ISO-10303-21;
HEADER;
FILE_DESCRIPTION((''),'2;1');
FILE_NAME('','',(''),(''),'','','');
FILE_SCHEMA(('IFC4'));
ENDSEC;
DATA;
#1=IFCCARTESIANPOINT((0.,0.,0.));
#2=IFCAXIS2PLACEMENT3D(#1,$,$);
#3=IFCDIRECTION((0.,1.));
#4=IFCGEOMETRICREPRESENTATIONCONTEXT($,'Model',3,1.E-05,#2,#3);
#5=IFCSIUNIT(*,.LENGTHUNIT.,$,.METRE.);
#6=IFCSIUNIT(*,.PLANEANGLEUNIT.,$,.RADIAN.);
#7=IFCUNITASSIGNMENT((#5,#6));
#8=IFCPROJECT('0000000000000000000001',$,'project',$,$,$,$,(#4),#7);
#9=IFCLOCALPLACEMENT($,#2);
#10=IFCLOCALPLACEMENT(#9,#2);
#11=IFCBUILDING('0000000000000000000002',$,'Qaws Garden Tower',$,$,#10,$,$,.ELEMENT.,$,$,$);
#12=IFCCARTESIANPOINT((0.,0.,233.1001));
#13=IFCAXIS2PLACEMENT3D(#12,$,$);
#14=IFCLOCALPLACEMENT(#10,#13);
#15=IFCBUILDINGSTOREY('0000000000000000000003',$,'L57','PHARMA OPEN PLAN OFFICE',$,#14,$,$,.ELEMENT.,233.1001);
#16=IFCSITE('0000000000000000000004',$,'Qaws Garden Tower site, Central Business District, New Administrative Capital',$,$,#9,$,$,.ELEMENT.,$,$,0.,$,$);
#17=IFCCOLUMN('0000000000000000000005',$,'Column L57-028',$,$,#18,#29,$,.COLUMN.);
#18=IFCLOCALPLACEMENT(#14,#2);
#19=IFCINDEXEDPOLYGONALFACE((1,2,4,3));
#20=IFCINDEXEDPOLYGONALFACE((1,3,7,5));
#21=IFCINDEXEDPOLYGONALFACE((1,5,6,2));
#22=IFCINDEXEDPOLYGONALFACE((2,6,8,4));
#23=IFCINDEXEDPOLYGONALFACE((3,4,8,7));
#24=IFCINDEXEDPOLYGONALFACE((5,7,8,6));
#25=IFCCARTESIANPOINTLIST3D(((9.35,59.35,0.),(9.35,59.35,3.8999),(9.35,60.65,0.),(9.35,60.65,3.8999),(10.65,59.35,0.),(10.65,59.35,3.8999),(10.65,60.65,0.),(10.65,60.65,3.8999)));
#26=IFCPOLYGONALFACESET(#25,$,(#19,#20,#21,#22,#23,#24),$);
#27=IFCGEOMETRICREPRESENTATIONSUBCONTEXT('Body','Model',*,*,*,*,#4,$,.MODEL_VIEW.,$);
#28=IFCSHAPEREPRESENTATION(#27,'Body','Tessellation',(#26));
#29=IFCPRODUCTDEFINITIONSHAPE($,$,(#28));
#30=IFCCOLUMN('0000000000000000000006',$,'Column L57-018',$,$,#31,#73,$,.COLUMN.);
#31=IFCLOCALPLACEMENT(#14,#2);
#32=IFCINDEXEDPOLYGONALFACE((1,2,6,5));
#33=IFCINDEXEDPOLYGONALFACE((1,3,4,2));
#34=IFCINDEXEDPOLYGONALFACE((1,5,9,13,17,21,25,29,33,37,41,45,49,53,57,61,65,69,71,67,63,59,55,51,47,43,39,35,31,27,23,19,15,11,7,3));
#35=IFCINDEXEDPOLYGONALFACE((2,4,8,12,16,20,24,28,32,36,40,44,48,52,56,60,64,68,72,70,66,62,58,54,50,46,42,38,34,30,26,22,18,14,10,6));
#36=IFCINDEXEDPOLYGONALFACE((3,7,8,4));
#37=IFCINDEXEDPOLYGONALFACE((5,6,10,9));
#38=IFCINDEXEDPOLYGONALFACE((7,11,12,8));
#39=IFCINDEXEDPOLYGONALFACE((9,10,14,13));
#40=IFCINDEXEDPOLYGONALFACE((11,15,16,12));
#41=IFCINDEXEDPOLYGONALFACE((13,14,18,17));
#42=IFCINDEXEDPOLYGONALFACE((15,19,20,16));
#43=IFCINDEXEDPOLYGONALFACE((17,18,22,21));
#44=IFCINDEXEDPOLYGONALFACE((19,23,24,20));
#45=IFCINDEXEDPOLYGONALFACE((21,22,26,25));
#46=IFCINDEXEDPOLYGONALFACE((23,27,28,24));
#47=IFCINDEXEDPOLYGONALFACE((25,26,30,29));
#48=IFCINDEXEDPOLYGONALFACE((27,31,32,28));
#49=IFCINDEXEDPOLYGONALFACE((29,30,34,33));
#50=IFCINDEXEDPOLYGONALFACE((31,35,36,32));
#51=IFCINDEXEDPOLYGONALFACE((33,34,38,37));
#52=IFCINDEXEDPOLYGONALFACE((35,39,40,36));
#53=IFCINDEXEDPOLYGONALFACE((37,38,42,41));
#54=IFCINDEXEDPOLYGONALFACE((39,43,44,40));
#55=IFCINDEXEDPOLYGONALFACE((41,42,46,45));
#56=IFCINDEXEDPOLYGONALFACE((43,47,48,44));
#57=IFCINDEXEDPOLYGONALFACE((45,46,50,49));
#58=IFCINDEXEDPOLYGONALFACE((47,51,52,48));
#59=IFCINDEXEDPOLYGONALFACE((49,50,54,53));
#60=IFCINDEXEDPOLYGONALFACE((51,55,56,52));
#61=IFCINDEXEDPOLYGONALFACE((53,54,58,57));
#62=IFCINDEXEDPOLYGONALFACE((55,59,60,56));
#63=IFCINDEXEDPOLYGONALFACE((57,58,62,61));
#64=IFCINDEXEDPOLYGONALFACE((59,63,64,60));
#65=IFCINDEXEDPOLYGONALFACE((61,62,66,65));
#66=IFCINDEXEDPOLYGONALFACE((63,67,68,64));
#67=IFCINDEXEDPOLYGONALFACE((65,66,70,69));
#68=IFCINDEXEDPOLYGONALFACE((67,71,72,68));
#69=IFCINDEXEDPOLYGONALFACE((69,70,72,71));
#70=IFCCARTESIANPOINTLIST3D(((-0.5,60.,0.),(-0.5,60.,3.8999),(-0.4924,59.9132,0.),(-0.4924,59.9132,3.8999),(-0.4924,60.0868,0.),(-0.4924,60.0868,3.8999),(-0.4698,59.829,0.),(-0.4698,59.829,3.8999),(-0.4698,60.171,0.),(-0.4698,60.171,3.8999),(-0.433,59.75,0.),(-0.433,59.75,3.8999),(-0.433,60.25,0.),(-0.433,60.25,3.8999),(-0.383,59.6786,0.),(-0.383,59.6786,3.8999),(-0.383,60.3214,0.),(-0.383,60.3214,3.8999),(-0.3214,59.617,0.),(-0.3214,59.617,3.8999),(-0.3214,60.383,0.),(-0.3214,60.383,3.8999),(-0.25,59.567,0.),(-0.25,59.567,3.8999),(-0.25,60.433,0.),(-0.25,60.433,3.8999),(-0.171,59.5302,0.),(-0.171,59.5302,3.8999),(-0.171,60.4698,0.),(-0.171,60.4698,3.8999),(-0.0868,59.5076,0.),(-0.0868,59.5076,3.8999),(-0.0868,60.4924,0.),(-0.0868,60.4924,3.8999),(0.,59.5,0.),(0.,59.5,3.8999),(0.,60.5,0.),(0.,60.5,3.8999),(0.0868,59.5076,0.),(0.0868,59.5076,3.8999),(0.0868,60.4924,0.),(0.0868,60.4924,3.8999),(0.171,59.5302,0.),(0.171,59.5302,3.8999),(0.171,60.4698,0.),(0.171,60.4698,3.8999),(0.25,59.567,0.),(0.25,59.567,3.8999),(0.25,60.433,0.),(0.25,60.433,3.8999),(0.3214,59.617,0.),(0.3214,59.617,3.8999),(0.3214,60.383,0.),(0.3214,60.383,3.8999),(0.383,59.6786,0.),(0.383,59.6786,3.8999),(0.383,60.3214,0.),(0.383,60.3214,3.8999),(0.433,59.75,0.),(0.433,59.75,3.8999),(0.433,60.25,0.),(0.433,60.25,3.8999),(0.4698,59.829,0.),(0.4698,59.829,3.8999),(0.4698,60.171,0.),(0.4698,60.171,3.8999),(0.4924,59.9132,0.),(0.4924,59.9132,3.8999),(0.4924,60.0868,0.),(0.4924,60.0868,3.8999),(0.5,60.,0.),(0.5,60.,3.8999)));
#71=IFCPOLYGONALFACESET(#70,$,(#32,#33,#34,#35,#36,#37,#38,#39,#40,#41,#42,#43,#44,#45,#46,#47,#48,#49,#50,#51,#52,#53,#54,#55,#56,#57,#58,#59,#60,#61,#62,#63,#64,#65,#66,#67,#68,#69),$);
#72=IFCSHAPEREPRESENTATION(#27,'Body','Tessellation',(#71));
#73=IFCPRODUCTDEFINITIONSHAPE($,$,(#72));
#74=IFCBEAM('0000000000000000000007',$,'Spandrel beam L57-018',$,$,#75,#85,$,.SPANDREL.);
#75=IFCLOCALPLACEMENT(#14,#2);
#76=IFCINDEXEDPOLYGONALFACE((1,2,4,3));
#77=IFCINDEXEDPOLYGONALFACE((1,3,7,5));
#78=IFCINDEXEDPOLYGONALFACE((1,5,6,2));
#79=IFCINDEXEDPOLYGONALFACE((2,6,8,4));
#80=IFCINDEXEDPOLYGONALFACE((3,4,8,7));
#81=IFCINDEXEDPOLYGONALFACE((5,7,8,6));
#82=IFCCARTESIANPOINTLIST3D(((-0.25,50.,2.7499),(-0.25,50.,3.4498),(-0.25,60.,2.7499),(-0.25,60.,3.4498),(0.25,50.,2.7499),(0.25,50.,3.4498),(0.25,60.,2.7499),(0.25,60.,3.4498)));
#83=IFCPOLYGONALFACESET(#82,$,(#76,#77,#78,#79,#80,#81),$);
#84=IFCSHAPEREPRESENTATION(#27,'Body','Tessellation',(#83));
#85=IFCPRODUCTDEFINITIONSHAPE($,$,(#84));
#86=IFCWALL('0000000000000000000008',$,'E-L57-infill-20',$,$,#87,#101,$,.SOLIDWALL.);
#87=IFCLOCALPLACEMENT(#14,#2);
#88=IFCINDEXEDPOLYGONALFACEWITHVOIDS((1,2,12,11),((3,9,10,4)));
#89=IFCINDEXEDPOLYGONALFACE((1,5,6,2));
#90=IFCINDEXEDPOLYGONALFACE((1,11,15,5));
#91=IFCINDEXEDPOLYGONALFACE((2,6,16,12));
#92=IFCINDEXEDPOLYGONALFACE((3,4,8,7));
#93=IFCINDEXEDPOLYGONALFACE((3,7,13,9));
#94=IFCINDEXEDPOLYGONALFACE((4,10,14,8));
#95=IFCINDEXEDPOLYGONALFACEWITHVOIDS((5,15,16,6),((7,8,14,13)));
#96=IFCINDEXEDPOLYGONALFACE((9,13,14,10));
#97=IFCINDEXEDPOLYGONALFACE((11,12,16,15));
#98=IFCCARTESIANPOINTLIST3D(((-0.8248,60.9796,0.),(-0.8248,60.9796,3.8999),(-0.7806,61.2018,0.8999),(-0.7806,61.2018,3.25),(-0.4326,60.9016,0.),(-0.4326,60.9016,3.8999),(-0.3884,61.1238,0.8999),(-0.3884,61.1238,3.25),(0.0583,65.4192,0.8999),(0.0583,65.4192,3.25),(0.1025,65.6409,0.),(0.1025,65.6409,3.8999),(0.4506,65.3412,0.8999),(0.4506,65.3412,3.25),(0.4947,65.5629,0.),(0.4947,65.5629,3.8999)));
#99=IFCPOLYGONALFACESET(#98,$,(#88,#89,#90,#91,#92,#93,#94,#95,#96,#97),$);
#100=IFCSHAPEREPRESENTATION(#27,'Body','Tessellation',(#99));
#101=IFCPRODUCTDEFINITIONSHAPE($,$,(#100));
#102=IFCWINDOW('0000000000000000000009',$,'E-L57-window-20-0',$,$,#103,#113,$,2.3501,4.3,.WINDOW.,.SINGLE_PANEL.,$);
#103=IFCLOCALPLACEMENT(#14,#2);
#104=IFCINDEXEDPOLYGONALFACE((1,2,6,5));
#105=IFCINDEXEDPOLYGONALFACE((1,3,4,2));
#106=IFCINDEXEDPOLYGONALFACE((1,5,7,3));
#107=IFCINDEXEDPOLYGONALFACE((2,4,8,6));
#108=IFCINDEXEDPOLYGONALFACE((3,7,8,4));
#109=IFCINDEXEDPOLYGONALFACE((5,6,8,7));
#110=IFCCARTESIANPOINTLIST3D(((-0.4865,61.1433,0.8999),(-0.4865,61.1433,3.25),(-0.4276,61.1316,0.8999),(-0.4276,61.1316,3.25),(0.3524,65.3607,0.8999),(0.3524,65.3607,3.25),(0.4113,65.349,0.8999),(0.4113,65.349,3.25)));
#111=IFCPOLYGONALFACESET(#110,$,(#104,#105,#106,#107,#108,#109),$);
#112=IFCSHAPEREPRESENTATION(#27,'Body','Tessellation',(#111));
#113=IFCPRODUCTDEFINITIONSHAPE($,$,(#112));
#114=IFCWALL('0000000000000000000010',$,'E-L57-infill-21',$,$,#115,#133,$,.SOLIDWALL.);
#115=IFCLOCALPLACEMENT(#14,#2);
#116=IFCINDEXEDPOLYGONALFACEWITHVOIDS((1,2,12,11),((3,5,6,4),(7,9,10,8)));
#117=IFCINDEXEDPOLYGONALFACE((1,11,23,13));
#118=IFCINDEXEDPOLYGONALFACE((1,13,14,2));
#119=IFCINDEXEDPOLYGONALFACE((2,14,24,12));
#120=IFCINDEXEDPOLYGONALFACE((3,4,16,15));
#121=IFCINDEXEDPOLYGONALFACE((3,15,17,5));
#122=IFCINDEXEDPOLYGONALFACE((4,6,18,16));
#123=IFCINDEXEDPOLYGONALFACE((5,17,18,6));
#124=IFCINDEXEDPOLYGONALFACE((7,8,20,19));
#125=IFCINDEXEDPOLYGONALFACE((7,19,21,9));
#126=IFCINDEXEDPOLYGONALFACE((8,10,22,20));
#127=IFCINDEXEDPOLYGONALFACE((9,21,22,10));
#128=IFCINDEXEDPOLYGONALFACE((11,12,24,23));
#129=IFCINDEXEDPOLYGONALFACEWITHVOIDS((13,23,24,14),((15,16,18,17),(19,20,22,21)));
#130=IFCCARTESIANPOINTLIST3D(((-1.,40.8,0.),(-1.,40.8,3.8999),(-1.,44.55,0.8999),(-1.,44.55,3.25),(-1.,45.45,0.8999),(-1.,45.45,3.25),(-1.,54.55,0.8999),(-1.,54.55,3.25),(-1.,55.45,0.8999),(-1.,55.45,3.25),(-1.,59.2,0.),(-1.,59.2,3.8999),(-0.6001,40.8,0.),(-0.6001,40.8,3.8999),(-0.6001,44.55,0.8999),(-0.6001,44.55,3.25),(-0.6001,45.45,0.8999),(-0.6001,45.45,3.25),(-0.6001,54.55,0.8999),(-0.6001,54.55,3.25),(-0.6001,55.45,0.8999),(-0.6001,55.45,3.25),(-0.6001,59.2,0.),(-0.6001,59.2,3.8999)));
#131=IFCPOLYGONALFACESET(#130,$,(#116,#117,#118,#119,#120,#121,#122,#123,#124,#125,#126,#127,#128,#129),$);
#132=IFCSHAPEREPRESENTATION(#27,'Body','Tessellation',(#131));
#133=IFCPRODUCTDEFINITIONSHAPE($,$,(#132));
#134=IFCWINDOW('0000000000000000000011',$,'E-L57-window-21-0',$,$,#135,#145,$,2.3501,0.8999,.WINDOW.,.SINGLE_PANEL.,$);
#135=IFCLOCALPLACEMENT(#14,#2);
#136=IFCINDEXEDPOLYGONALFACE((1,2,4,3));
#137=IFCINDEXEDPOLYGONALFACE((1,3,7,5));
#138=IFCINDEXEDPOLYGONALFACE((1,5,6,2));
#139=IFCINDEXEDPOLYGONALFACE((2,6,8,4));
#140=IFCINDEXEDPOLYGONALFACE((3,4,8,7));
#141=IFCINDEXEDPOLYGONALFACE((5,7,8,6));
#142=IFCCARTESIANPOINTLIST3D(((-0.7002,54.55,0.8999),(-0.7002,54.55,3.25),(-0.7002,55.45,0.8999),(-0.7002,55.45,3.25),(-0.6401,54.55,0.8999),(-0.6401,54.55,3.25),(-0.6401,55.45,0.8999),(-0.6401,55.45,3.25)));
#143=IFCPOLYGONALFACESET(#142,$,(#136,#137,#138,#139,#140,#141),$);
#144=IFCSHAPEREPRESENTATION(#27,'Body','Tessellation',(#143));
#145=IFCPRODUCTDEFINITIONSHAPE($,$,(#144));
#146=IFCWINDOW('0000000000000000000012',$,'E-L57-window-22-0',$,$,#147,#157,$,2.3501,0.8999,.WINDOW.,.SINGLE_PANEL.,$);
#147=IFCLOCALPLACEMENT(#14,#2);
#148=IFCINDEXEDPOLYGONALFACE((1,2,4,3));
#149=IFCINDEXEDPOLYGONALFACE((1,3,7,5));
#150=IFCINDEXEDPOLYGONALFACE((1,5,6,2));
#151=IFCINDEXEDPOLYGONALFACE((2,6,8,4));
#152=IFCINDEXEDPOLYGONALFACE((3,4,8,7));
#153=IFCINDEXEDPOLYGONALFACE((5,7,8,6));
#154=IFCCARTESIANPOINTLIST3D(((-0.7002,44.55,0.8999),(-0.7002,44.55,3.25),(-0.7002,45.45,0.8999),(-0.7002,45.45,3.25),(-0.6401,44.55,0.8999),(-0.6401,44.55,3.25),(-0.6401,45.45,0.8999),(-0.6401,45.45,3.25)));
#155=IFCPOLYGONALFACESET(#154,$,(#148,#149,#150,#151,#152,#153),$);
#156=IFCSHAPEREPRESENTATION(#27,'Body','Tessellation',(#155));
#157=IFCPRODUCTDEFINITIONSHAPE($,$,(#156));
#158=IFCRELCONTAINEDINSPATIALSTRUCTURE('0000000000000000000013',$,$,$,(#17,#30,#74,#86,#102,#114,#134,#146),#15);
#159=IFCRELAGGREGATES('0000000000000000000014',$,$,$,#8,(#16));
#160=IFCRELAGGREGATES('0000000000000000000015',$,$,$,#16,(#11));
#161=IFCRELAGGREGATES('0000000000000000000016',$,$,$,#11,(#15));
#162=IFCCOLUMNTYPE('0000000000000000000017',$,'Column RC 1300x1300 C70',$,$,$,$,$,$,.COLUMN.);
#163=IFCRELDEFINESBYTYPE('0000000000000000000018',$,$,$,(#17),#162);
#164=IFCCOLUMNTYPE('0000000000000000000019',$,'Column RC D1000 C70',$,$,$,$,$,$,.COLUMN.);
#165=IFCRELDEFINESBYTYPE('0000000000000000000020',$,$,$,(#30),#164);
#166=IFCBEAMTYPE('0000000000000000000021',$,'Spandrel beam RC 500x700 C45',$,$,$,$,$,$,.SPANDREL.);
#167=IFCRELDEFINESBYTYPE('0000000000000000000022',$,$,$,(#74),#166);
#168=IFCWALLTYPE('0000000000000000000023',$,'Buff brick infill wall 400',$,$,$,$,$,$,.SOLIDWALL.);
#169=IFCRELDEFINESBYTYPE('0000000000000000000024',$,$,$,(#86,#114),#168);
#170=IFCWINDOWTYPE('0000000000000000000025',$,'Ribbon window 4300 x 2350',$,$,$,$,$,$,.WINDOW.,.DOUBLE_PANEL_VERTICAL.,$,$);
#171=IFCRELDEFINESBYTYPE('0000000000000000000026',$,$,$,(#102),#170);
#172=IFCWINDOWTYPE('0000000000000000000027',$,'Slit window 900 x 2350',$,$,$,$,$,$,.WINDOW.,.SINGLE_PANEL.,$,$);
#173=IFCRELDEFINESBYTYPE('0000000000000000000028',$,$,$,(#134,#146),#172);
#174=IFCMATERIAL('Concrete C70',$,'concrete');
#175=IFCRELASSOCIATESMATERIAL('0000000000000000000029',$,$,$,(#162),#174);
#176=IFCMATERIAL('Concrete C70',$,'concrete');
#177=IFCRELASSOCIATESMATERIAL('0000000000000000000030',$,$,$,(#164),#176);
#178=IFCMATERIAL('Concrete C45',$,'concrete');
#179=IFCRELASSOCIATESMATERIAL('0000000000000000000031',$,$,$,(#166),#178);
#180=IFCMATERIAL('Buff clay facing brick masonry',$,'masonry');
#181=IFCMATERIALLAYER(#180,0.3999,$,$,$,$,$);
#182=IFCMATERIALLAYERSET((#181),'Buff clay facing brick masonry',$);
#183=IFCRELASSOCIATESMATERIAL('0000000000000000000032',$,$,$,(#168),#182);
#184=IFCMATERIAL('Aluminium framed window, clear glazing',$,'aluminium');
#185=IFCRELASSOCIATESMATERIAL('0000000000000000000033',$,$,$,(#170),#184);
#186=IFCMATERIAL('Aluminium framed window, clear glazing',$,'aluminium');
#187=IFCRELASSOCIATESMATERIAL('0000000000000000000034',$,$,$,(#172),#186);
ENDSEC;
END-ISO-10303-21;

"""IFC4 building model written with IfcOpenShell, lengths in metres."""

from ifc_helpers import new_model, si_unit, direction, frame, frame_2d, origin, origin_2d, place, context, subcontext, project, spatial, rectangle, circle, extrude, material, layer, layer_set, material_profile, profile_set, type_object, element, fill, save


model = new_model("IFC4")

# Units and contexts
model_context = context("Model", 3, precision=1e-05, world=origin(), true_north=direction((0.0, 1.0)))
body_context = subcontext(model_context, "Body", "Model", "MODEL_VIEW")
ifc_project = project(units=[si_unit("LENGTHUNIT", "METRE"), si_unit("PLANEANGLEUNIT", "RADIAN")], contexts=[model_context])

# Site, building, storey
site_placement = place(None, origin())
site = spatial("IfcSite", under=ifc_project, at=site_placement, Name="Qaws Garden Tower site, Central Business District, New Administrative Capital", CompositionType="ELEMENT", RefElevation=0.0)
building_placement = place(site_placement, origin())
building = spatial("IfcBuilding", under=site, at=building_placement, Name="Qaws Garden Tower", CompositionType="ELEMENT")
storey_placement = place(building_placement, frame((0.0, 0.0, 233.1001)))
storey = spatial("IfcBuildingStorey", under=building, at=storey_placement, Name="L57", Description="PHARMA OPEN PLAN OFFICE", CompositionType="ELEMENT", Elevation=233.1001)

# Columns
ifc_material_1 = material(Name="Concrete C70", Category="concrete")
ifc_material_profile_1 = material_profile(ifc_material_1, rectangle(XDim=1.3, YDim=1.3, at=origin_2d()), Name="RC 1300x1300")
ifc_profile_set_1 = profile_set([ifc_material_profile_1], Name="Concrete C70")
column_type_1 = type_object("IfcColumnType", Name="Column RC 1300x1300 C70", PredefinedType="COLUMN", material=ifc_profile_set_1)
column_1_placement = place(storey_placement, frame((10.0, 60.0, 0.0), z_axis=(0.0, 0.0, 1.0), x_axis=(1.0, 0.0, 0.0)))
element("IfcColumn", 1, at=column_1_placement, inside=storey, type_object=column_type_1, Name="Column L57-028", PredefinedType="COLUMN", context=body_context, shape_type="SweptSolid", body=[
    extrude(rectangle(XDim=1.3, YDim=1.3, at=origin_2d()), origin(), (0.0, 0.0, 1.0), 3.8999),
])
ifc_material_2 = material(Name="Concrete C70", Category="concrete")
ifc_material_profile_2 = material_profile(ifc_material_2, circle(Radius=0.5, at=origin_2d()), Name="RC D1000")
ifc_profile_set_2 = profile_set([ifc_material_profile_2], Name="Concrete C70")
column_type_2 = type_object("IfcColumnType", Name="Column RC D1000 C70", PredefinedType="COLUMN", material=ifc_profile_set_2)
column_2_placement = place(storey_placement, frame((0.0, 60.0, 0.0), z_axis=(0.0, 0.0, 1.0), x_axis=(1.0, 0.0, 0.0)))
element("IfcColumn", 2, at=column_2_placement, inside=storey, type_object=column_type_2, Name="Column L57-018", PredefinedType="COLUMN", context=body_context, shape_type="SweptSolid", body=[
    extrude(circle(Radius=0.5, at=origin_2d()), origin(), (0.0, 0.0, 1.0), 3.8999),
])

# Beam
ifc_material_3 = material(Name="Concrete C45", Category="concrete")
ifc_material_profile_3 = material_profile(ifc_material_3, rectangle(XDim=0.5, YDim=0.7, at=origin_2d()), Name="RC 500x700")
ifc_profile_set_3 = profile_set([ifc_material_profile_3], Name="Concrete C45")
beam_type = type_object("IfcBeamType", Name="Spandrel beam RC 500x700 C45", PredefinedType="SPANDREL", material=ifc_profile_set_3)
beam_placement = place(storey_placement, frame((0.0, 60.0, 3.0999), z_axis=(0.0, -1.0, 0.0), x_axis=(1.0, 0.0, 0.0)))
element("IfcBeam", 3, at=beam_placement, inside=storey, type_object=beam_type, Name="Spandrel beam L57-018", PredefinedType="SPANDREL", context=body_context, shape_type="SweptSolid", body=[
    extrude(rectangle(XDim=0.5, YDim=0.7, at=origin_2d()), origin(), (0.0, 0.0, 1.0), 10.0),
])

# Wall, opening, window
ifc_material_4 = material(Name="Buff clay facing brick masonry", Category="masonry")
ifc_layer_1 = layer(ifc_material_4, 0.3999)
ifc_layer_set_1 = layer_set([ifc_layer_1], Name="Buff clay facing brick masonry")
wall_type_1 = type_object("IfcWallType", Name="Buff brick infill wall 400", PredefinedType="SOLIDWALL", material=ifc_layer_set_1)
wall_1_placement = place(storey_placement, frame((0.2986, 65.6021, 0.0), z_axis=(0.0, 0.0, 1.0), x_axis=(-0.195099, -0.980784, 0.0)))
wall_1 = element("IfcWall", 4, at=wall_1_placement, inside=storey, type_object=wall_type_1, Name="E-L57-infill-20", PredefinedType="SOLIDWALL", context=body_context, shape_type="SweptSolid", body=[
    extrude(rectangle(XDim=4.7527, YDim=0.3999, at=frame_2d((2.3765, 0.0))), origin(), (0.0, 0.0, 1.0), 3.8999),
])
opening_1_placement = place(wall_1_placement, frame((0.2263, 0.0, 0.8999)))
opening_1 = element("IfcOpeningElement", 5, at=opening_1_placement, cuts=wall_1, PredefinedType="OPENING", context=body_context, shape_type="SweptSolid", body=[
    extrude(rectangle(XDim=4.3, YDim=2.3501, at=frame_2d((2.1499, 1.175))), frame((0.0, 0.21, 0.0), z_axis=(0.0, -1.0, 0.0), x_axis=(1.0, 0.0, 0.0)), (0.0, 0.0, 1.0), 0.4199),
])
ifc_material_5 = material(Name="Aluminium framed window, clear glazing", Category="aluminium")
window_type_1 = type_object("IfcWindowType", Name="Ribbon window 4300 x 2350", PartitioningType="DOUBLE_PANEL_VERTICAL", PredefinedType="WINDOW", material=ifc_material_5)
window_1_placement = place(opening_1_placement, origin())
window_1 = element("IfcWindow", 6, at=window_1_placement, inside=storey, type_object=window_type_1, Name="E-L57-window-20-0", OverallHeight=2.3501, OverallWidth=4.3, PartitioningType="SINGLE_PANEL", PredefinedType="WINDOW", context=body_context, shape_type="SweptSolid", body=[
    extrude(rectangle(XDim=4.3, YDim=2.3501, at=frame_2d((2.1499, 1.175))), frame((0.0, 0.1599, 0.0), z_axis=(0.0, -1.0, 0.0), x_axis=(1.0, 0.0, 0.0)), (0.0, 0.0, 1.0), 0.0601),
])
fill(opening_1, window_1)

# Wall, openings, windows
wall_2_placement = place(storey_placement, frame((-0.8, 59.2, 0.0), z_axis=(0.0, 0.0, 1.0), x_axis=(0.0, -1.0, 0.0)))
wall_2 = element("IfcWall", 7, at=wall_2_placement, inside=storey, type_object=wall_type_1, Name="E-L57-infill-21", PredefinedType="SOLIDWALL", context=body_context, shape_type="SweptSolid", body=[
    extrude(rectangle(XDim=18.3999, YDim=0.3999, at=frame_2d((9.2, 0.0))), origin(), (0.0, 0.0, 1.0), 3.8999),
])
opening_2_placement = place(wall_2_placement, frame((3.75, 0.0, 0.8999)))
opening_2 = element("IfcOpeningElement", 8, at=opening_2_placement, cuts=wall_2, PredefinedType="OPENING", context=body_context, shape_type="SweptSolid", body=[
    extrude(rectangle(XDim=0.8999, YDim=2.3501, at=frame_2d((0.45, 1.175))), frame((0.0, 0.21, 0.0), z_axis=(0.0, -1.0, 0.0), x_axis=(1.0, 0.0, 0.0)), (0.0, 0.0, 1.0), 0.4199),
])
opening_3_placement = place(wall_2_placement, frame((13.75, 0.0, 0.8999)))
opening_3 = element("IfcOpeningElement", 9, at=opening_3_placement, cuts=wall_2, PredefinedType="OPENING", context=body_context, shape_type="SweptSolid", body=[
    extrude(rectangle(XDim=0.8999, YDim=2.3501, at=frame_2d((0.45, 1.175))), frame((0.0, 0.21, 0.0), z_axis=(0.0, -1.0, 0.0), x_axis=(1.0, 0.0, 0.0)), (0.0, 0.0, 1.0), 0.4199),
])
ifc_material_6 = material(Name="Aluminium framed window, clear glazing", Category="aluminium")
window_type_2 = type_object("IfcWindowType", Name="Slit window 900 x 2350", PartitioningType="SINGLE_PANEL", PredefinedType="WINDOW", material=ifc_material_6)
window_2_placement = place(opening_2_placement, origin())
window_2 = element("IfcWindow", 10, at=window_2_placement, inside=storey, type_object=window_type_2, Name="E-L57-window-21-0", OverallHeight=2.3501, OverallWidth=0.8999, PartitioningType="SINGLE_PANEL", PredefinedType="WINDOW", context=body_context, shape_type="SweptSolid", body=[
    extrude(rectangle(XDim=0.8999, YDim=2.3501, at=frame_2d((0.45, 1.175))), frame((0.0, 0.1599, 0.0), z_axis=(0.0, -1.0, 0.0), x_axis=(1.0, 0.0, 0.0)), (0.0, 0.0, 1.0), 0.0601),
])
fill(opening_2, window_2)
window_3_placement = place(opening_3_placement, origin())
window_3 = element("IfcWindow", 11, at=window_3_placement, inside=storey, type_object=window_type_2, Name="E-L57-window-22-0", OverallHeight=2.3501, OverallWidth=0.8999, PartitioningType="SINGLE_PANEL", PredefinedType="WINDOW", context=body_context, shape_type="SweptSolid", body=[
    extrude(rectangle(XDim=0.8999, YDim=2.3501, at=frame_2d((0.45, 1.175))), frame((0.0, 0.1599, 0.0), z_axis=(0.0, -1.0, 0.0), x_axis=(1.0, 0.0, 0.0)), (0.0, 0.0, 1.0), 0.0601),
])
fill(opening_3, window_3)

save(model, "model.ifc")
